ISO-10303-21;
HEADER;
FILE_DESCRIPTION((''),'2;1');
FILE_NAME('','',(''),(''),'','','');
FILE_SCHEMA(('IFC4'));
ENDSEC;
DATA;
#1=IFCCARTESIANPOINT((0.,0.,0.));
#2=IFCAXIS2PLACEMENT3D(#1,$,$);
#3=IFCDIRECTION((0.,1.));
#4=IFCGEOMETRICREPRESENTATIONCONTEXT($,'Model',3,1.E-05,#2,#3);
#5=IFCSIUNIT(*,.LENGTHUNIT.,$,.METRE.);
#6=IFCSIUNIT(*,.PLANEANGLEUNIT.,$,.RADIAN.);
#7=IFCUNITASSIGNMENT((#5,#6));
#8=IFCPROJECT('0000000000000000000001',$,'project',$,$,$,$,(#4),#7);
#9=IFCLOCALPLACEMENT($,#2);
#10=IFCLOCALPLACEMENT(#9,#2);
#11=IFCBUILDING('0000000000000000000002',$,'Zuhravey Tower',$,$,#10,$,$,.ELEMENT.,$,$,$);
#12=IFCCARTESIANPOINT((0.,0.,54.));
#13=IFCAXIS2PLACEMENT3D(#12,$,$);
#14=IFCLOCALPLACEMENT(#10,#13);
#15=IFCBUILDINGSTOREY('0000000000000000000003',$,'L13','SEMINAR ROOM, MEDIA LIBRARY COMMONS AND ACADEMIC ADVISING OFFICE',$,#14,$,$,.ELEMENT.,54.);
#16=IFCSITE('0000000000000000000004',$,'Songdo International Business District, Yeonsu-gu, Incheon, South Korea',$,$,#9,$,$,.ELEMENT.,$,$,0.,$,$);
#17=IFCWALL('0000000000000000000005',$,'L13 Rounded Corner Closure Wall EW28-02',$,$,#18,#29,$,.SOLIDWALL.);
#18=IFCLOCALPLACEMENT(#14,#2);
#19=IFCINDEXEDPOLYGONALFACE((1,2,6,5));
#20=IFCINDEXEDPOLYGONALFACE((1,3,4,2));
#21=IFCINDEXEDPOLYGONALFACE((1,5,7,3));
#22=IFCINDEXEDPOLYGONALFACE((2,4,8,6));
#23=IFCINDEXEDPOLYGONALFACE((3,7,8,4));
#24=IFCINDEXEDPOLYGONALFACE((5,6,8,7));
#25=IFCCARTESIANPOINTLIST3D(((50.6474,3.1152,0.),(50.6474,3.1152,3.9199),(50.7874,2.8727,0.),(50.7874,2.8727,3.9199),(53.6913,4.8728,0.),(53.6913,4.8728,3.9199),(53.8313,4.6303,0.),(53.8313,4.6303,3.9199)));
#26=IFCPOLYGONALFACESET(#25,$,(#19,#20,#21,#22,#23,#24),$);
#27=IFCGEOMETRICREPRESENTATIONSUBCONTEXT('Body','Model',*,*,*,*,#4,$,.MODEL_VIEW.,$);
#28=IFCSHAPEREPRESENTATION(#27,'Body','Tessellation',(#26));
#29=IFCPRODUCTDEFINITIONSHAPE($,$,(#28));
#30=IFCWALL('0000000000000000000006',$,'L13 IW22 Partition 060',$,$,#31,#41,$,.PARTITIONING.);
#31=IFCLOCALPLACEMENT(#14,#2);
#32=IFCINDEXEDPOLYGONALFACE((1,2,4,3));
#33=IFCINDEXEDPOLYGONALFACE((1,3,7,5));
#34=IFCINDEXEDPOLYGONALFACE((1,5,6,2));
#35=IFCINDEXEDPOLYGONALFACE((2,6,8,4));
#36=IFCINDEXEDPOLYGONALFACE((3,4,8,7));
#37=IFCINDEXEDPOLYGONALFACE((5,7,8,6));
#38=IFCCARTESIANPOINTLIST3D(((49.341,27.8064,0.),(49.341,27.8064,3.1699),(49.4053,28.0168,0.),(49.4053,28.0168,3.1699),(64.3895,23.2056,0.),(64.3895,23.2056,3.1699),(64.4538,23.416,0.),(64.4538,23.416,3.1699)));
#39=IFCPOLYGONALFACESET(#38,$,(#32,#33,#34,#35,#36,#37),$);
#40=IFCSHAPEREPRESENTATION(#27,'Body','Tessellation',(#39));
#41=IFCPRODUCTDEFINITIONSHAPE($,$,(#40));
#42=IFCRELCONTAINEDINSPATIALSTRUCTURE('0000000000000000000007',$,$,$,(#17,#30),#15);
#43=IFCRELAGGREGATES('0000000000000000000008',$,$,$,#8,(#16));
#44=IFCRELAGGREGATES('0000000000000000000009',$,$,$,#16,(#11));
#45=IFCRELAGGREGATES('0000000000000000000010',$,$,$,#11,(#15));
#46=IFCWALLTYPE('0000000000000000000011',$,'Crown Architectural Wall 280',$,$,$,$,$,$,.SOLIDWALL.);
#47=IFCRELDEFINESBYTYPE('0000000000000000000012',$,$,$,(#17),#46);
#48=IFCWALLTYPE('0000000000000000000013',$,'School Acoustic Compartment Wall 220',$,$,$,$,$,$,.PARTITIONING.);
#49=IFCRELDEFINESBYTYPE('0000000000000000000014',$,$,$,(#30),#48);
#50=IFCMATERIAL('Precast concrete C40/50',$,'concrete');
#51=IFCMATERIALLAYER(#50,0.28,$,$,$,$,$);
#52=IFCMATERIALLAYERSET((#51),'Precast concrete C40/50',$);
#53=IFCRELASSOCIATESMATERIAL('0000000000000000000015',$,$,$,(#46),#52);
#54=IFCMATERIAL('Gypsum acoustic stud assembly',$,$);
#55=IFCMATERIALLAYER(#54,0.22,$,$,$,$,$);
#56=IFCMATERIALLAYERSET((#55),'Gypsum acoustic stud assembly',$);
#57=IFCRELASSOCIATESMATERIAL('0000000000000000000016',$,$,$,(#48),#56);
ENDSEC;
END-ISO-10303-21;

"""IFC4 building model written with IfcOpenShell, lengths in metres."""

from ifc_helpers import new_model, si_unit, direction, frame, frame_2d, origin, place, context, subcontext, project, spatial, rectangle, extrude, material, layer, layer_set, type_object, element, save


model = new_model("IFC4")

# Units and contexts
model_context = context("Model", 3, precision=1e-05, world=origin(), true_north=direction((0.0, 1.0)))
body_context = subcontext(model_context, "Body", "Model", "MODEL_VIEW")
ifc_project = project(units=[si_unit("LENGTHUNIT", "METRE"), si_unit("PLANEANGLEUNIT", "RADIAN")], contexts=[model_context])

# Site, building, storey
site_placement = place(None, origin())
site = spatial("IfcSite", under=ifc_project, at=site_placement, Name="Songdo International Business District, Yeonsu-gu, Incheon, South Korea", CompositionType="ELEMENT", RefElevation=0.0)
building_placement = place(site_placement, origin())
building = spatial("IfcBuilding", under=site, at=building_placement, Name="Zuhravey Tower", CompositionType="ELEMENT")
storey_placement = place(building_placement, frame((0.0, 0.0, 54.0)))
storey = spatial("IfcBuildingStorey", under=building, at=storey_placement, Name="L13", Description="SEMINAR ROOM, MEDIA LIBRARY COMMONS AND ACADEMIC ADVISING OFFICE", CompositionType="ELEMENT", Elevation=54.0)

# Walls
ifc_material_1 = material(Name="Precast concrete C40/50", Category="concrete")
ifc_layer_1 = layer(ifc_material_1, 0.28)
ifc_layer_set_1 = layer_set([ifc_layer_1], Name="Precast concrete C40/50")
wall_type_1 = type_object("IfcWallType", Name="Crown Architectural Wall 280", PredefinedType="SOLIDWALL", material=ifc_layer_set_1)
wall_1_placement = place(storey_placement, frame((53.7612, 4.7515, 0.0), z_axis=(0.0, 0.0, 1.0), x_axis=(-0.866007, -0.500031, 0.0)))
element("IfcWall", 1, at=wall_1_placement, inside=storey, type_object=wall_type_1, Name="L13 Rounded Corner Closure Wall EW28-02", PredefinedType="SOLIDWALL", context=body_context, shape_type="SweptSolid", body=[
    extrude(rectangle(XDim=3.5149, YDim=0.28, at=frame_2d((1.7573, 0.0))), origin(), (0.0, 0.0, 1.0), 3.9199),
])
ifc_material_2 = material(Name="Gypsum acoustic stud assembly")
ifc_layer_2 = layer(ifc_material_2, 0.22)
ifc_layer_set_2 = layer_set([ifc_layer_2], Name="Gypsum acoustic stud assembly")
wall_type_2 = type_object("IfcWallType", Name="School Acoustic Compartment Wall 220", PredefinedType="PARTITIONING", material=ifc_layer_set_2)
wall_2_placement = place(storey_placement, frame((49.373, 27.9116, 0.0), z_axis=(0.0, 0.0, 1.0), x_axis=(0.956304, -0.292373, 0.0)))
element("IfcWall", 2, at=wall_2_placement, inside=storey, type_object=wall_type_2, Name="L13 IW22 Partition 060", PredefinedType="PARTITIONING", context=body_context, shape_type="SweptSolid", body=[
    extrude(rectangle(XDim=15.7361, YDim=0.22, at=frame_2d((7.8682, 0.0))), origin(), (0.0, 0.0, 1.0), 3.1699),
])

save(model, "model.ifc")
